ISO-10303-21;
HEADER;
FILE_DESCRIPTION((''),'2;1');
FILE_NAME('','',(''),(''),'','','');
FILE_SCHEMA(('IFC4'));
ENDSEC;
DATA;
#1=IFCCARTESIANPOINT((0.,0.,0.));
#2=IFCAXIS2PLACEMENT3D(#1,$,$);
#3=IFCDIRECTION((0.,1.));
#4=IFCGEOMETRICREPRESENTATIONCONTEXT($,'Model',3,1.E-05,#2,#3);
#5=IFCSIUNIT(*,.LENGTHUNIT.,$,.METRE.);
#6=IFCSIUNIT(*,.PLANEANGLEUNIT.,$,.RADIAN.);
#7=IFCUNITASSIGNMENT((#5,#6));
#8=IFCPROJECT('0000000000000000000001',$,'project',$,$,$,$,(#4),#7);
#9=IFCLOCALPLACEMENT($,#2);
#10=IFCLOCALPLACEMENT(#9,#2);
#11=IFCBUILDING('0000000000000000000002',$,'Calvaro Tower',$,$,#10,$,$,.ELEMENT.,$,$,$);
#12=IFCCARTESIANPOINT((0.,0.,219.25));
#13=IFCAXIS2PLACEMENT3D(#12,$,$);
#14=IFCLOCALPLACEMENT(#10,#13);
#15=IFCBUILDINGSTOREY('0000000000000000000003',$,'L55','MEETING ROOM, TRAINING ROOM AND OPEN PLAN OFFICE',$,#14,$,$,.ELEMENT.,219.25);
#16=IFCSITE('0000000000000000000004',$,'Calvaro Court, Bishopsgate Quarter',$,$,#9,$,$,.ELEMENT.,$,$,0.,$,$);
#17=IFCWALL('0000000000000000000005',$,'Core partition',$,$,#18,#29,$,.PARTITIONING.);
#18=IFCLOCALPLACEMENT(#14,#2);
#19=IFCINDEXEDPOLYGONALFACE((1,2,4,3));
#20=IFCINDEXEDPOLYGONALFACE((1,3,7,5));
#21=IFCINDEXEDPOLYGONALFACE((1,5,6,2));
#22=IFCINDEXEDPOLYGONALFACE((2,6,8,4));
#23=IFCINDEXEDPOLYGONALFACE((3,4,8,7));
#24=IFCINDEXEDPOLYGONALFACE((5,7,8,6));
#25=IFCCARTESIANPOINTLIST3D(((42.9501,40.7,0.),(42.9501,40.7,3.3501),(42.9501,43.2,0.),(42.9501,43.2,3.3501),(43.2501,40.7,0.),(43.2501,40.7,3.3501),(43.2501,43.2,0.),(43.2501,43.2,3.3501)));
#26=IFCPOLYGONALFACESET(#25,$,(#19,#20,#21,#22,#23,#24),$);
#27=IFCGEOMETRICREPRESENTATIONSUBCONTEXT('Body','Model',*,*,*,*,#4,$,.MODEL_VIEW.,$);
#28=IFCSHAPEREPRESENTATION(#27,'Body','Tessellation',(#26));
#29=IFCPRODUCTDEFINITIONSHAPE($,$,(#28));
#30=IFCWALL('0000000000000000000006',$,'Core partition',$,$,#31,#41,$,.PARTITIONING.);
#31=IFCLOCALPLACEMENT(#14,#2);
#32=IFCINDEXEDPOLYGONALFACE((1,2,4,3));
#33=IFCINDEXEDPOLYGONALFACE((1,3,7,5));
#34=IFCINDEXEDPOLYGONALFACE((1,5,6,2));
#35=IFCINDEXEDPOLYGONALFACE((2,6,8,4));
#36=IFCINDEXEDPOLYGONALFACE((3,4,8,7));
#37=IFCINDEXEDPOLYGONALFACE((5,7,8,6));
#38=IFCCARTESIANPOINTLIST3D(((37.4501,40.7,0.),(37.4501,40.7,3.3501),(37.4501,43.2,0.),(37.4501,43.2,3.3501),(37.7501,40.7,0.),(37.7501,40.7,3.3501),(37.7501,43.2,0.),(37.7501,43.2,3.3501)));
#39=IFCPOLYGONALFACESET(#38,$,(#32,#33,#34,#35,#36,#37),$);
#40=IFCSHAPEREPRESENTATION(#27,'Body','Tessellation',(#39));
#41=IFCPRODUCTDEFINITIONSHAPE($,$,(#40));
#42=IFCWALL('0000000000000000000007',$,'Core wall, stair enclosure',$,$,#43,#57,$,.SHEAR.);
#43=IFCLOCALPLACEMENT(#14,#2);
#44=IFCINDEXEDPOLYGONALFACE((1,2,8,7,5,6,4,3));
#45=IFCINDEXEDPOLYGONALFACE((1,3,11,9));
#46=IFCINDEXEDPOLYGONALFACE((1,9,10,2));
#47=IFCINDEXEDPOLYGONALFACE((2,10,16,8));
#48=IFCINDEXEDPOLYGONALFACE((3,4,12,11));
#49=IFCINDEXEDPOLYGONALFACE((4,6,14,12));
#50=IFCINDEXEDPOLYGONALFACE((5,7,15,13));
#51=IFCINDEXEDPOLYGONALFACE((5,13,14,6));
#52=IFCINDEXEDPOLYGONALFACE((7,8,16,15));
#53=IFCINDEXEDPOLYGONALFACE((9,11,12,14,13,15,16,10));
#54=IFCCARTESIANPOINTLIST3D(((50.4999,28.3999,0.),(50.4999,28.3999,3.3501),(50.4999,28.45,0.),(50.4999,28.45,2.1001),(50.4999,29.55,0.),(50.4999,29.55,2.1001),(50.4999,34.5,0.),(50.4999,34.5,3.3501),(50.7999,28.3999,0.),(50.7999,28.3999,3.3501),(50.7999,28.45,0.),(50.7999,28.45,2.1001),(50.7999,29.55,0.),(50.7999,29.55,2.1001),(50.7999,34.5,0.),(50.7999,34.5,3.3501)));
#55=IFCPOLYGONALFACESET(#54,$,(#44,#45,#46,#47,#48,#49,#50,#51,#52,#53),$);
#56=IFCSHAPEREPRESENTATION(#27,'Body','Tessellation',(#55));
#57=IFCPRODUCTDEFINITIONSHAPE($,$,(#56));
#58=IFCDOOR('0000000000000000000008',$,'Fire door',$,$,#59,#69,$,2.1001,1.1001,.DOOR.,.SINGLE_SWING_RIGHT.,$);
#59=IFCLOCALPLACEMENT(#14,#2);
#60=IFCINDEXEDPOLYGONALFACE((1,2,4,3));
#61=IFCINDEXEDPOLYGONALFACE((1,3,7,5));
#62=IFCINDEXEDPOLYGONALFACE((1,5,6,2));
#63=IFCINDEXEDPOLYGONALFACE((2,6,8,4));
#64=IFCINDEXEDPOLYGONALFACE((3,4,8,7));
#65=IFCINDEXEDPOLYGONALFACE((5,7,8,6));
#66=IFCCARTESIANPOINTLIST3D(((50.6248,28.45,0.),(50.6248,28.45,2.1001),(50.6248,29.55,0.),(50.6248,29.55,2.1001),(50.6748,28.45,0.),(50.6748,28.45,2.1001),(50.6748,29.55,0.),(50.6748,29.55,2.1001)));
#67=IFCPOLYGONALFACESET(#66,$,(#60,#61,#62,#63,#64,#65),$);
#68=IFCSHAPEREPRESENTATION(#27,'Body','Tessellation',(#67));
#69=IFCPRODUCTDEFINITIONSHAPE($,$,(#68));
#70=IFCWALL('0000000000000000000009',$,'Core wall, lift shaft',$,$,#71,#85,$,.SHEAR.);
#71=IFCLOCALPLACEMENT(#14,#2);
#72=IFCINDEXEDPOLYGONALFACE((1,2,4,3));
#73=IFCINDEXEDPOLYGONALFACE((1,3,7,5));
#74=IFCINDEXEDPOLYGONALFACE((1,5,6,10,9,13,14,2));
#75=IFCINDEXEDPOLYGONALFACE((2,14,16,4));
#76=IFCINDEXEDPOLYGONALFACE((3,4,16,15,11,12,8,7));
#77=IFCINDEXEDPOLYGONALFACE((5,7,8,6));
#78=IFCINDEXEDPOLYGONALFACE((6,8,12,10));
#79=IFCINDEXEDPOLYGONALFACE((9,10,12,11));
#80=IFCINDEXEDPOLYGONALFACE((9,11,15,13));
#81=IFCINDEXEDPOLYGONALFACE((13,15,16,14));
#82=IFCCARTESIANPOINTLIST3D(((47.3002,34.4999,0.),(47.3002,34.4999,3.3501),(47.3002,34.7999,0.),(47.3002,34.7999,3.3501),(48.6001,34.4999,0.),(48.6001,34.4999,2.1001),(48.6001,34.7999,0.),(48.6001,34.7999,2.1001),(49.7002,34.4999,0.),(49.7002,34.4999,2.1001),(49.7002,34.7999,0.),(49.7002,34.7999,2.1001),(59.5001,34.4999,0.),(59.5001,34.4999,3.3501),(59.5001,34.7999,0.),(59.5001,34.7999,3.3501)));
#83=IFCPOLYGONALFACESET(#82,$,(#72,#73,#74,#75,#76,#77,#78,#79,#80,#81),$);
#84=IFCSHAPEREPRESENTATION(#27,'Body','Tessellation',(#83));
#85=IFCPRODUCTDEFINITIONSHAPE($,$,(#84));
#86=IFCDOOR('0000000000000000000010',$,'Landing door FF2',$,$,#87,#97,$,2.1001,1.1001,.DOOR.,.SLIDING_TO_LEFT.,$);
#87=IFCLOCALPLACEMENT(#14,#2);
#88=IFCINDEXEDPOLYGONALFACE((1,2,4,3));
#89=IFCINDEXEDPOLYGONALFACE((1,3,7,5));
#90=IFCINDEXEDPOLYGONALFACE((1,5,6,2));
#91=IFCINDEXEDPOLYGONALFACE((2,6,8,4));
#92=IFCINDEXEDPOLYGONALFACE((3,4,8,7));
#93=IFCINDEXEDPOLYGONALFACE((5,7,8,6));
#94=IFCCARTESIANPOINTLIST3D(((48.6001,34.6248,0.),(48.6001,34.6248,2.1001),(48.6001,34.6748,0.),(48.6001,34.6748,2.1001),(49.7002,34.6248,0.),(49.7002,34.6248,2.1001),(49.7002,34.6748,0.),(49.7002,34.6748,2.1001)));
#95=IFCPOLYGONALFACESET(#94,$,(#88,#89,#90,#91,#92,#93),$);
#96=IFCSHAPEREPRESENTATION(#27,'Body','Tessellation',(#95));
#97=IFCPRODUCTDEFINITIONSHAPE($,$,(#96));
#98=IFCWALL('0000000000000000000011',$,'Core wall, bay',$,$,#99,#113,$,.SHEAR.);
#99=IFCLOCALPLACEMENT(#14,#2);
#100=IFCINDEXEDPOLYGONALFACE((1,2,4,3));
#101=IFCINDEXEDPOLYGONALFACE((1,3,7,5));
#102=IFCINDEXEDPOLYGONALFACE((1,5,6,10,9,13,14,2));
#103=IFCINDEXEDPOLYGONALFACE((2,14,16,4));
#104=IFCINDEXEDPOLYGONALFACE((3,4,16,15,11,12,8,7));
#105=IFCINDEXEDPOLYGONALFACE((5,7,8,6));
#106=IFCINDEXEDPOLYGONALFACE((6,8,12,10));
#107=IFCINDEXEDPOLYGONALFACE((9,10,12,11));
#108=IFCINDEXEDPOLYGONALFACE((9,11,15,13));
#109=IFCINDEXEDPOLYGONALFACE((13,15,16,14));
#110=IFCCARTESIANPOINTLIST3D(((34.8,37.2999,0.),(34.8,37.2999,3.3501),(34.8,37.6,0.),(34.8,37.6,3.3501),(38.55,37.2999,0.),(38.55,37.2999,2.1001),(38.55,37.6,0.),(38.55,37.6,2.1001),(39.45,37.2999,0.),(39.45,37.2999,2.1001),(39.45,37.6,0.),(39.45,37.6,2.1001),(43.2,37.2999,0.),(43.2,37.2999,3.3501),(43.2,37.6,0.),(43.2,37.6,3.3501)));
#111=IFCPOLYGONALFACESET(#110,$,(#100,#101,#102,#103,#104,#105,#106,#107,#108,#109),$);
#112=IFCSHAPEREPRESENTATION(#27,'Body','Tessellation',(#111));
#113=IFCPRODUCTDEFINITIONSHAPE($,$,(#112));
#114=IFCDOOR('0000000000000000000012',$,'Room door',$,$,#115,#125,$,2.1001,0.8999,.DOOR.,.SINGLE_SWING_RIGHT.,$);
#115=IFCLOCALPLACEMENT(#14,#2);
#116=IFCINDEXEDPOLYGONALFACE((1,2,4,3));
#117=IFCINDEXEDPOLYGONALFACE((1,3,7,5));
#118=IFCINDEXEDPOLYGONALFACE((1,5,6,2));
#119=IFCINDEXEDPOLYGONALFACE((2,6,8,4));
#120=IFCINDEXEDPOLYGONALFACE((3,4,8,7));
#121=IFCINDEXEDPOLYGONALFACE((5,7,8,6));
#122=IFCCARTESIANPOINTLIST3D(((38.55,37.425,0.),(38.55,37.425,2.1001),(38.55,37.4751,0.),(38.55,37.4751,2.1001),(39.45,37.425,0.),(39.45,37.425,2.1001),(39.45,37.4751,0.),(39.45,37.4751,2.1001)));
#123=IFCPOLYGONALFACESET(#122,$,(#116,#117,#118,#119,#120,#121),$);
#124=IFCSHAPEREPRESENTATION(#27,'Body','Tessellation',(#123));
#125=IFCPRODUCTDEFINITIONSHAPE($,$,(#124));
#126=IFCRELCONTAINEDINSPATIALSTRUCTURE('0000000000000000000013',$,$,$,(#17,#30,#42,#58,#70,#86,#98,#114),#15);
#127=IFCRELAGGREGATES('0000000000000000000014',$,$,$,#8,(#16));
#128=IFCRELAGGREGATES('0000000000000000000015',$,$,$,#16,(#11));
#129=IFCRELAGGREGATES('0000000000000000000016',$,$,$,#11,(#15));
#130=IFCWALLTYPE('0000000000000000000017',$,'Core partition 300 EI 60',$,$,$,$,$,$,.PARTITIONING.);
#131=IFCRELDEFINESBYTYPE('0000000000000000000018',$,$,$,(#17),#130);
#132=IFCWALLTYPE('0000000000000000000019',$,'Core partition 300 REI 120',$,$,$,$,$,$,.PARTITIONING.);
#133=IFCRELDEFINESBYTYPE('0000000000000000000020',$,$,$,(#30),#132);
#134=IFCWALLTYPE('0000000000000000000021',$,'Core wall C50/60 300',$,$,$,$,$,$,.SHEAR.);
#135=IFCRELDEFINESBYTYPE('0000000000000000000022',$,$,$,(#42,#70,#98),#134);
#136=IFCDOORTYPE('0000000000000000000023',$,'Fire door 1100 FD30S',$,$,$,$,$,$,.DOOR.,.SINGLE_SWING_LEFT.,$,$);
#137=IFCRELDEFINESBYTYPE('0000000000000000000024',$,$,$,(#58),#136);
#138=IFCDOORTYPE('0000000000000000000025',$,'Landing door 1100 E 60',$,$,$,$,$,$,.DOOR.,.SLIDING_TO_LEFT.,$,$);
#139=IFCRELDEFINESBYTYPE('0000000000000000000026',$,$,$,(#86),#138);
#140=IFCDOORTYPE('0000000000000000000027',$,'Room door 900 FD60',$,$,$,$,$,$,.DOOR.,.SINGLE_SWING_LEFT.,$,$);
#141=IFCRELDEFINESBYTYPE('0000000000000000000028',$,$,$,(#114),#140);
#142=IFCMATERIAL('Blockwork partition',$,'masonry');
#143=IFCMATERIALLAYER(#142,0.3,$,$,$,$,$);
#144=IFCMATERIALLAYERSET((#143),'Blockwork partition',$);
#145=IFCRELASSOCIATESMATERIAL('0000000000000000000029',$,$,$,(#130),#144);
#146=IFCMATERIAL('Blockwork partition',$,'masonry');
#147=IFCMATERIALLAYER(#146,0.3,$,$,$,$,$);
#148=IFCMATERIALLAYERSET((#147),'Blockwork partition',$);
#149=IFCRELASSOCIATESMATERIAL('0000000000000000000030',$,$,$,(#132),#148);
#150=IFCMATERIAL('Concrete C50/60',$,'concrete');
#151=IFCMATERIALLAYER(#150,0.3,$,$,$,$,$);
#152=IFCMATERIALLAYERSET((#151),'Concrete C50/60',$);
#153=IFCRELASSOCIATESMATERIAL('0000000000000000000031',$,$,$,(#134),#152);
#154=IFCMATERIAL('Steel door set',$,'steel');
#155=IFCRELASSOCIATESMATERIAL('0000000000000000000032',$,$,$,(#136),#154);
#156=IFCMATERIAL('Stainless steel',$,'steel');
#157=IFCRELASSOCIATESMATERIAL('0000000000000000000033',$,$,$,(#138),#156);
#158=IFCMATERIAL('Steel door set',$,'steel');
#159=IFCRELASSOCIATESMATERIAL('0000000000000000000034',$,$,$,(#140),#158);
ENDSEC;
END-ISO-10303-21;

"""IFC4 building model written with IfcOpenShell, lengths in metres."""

from ifc_helpers import new_model, si_unit, direction, frame, frame_2d, origin, place, context, subcontext, project, spatial, rectangle, extrude, material, layer, layer_set, type_object, element, fill, save


model = new_model("IFC4")

# Units and contexts
model_context = context("Model", 3, precision=1e-05, world=origin(), true_north=direction((0.0, 1.0)))
body_context = subcontext(model_context, "Body", "Model", "MODEL_VIEW")
ifc_project = project(units=[si_unit("LENGTHUNIT", "METRE"), si_unit("PLANEANGLEUNIT", "RADIAN")], contexts=[model_context])

# Site, building, storey
site_placement = place(None, origin())
site = spatial("IfcSite", under=ifc_project, at=site_placement, Name="Calvaro Court, Bishopsgate Quarter", CompositionType="ELEMENT", RefElevation=0.0)
building_placement = place(site_placement, origin())
building = spatial("IfcBuilding", under=site, at=building_placement, Name="Calvaro Tower", CompositionType="ELEMENT")
storey_placement = place(building_placement, frame((0.0, 0.0, 219.25)))
storey = spatial("IfcBuildingStorey", under=building, at=storey_placement, Name="L55", Description="MEETING ROOM, TRAINING ROOM AND OPEN PLAN OFFICE", CompositionType="ELEMENT", Elevation=219.25)

# Walls
ifc_material_1 = material(Name="Blockwork partition", Category="masonry")
ifc_layer_1 = layer(ifc_material_1, 0.3)
ifc_layer_set_1 = layer_set([ifc_layer_1], Name="Blockwork partition")
wall_type_1 = type_object("IfcWallType", Name="Core partition 300 EI 60", PredefinedType="PARTITIONING", material=ifc_layer_set_1)
wall_1_placement = place(storey_placement, frame((43.1001, 40.7, 0.0), z_axis=(0.0, 0.0, 1.0), x_axis=(0.0, 1.0, 0.0)))
element("IfcWall", 1, at=wall_1_placement, inside=storey, type_object=wall_type_1, Name="Core partition", PredefinedType="PARTITIONING", context=body_context, shape_type="SweptSolid", body=[
    extrude(rectangle(XDim=2.5, YDim=0.3, at=frame_2d((1.25, 0.0))), origin(), (0.0, 0.0, 1.0), 3.3501),
])
ifc_material_2 = material(Name="Blockwork partition", Category="masonry")
ifc_layer_2 = layer(ifc_material_2, 0.3)
ifc_layer_set_2 = layer_set([ifc_layer_2], Name="Blockwork partition")
wall_type_2 = type_object("IfcWallType", Name="Core partition 300 REI 120", PredefinedType="PARTITIONING", material=ifc_layer_set_2)
wall_2_placement = place(storey_placement, frame((37.6001, 40.7, 0.0), z_axis=(0.0, 0.0, 1.0), x_axis=(0.0, 1.0, 0.0)))
element("IfcWall", 2, at=wall_2_placement, inside=storey, type_object=wall_type_2, Name="Core partition", PredefinedType="PARTITIONING", context=body_context, shape_type="SweptSolid", body=[
    extrude(rectangle(XDim=2.5, YDim=0.3, at=frame_2d((1.25, 0.0))), origin(), (0.0, 0.0, 1.0), 3.3501),
])

# Walls, openings, doors
ifc_material_3 = material(Name="Concrete C50/60", Category="concrete")
ifc_layer_3 = layer(ifc_material_3, 0.3)
ifc_layer_set_3 = layer_set([ifc_layer_3], Name="Concrete C50/60")
wall_type_3 = type_object("IfcWallType", Name="Core wall C50/60 300", PredefinedType="SHEAR", material=ifc_layer_set_3)
wall_3_placement = place(storey_placement, frame((50.6499, 34.5, 0.0), z_axis=(0.0, 0.0, 1.0), x_axis=(0.0, -1.0, 0.0)))
wall_3 = element("IfcWall", 3, at=wall_3_placement, inside=storey, type_object=wall_type_3, Name="Core wall, stair enclosure", PredefinedType="SHEAR", context=body_context, shape_type="SweptSolid", body=[
    extrude(rectangle(XDim=6.1001, YDim=0.3, at=frame_2d((3.05, 0.0))), origin(), (0.0, 0.0, 1.0), 3.3501),
])
opening_1_placement = place(wall_3_placement, frame((4.95, 0.0, 0.0)))
opening_1 = element("IfcOpeningElement", 4, at=opening_1_placement, cuts=wall_3, PredefinedType="OPENING", context=body_context, shape_type="SweptSolid", body=[
    extrude(rectangle(XDim=1.1001, YDim=2.1001, at=frame_2d((0.55, 1.05))), frame((0.0, 0.1599, 0.0), z_axis=(0.0, -1.0, 0.0), x_axis=(1.0, 0.0, 0.0)), (0.0, 0.0, 1.0), 0.3201),
])
ifc_material_4 = material(Name="Steel door set", Category="steel")
door_type_1 = type_object("IfcDoorType", Name="Fire door 1100 FD30S", OperationType="SINGLE_SWING_LEFT", PredefinedType="DOOR", material=ifc_material_4)
door_1_placement = place(opening_1_placement, origin())
door_1 = element("IfcDoor", 5, at=door_1_placement, inside=storey, type_object=door_type_1, Name="Fire door", OperationType="SINGLE_SWING_RIGHT", OverallHeight=2.1001, OverallWidth=1.1001, PredefinedType="DOOR", context=body_context, shape_type="SweptSolid", body=[
    extrude(rectangle(XDim=1.1001, YDim=2.1001, at=frame_2d((0.55, 1.05))), frame((0.0, 0.0249, 0.0), z_axis=(0.0, -1.0, 0.0), x_axis=(1.0, 0.0, 0.0)), (0.0, 0.0, 1.0), 0.05),
])
fill(opening_1, door_1)
wall_4_placement = place(storey_placement, frame((47.3, 34.6499, 0.0), z_axis=(0.0, 0.0, 1.0), x_axis=(1.0, 0.0, 0.0)))
wall_4 = element("IfcWall", 6, at=wall_4_placement, inside=storey, type_object=wall_type_3, Name="Core wall, lift shaft", PredefinedType="SHEAR", context=body_context, shape_type="SweptSolid", body=[
    extrude(rectangle(XDim=12.2, YDim=0.3, at=frame_2d((6.1001, 0.0))), origin(), (0.0, 0.0, 1.0), 3.3501),
])
opening_2_placement = place(wall_4_placement, frame((1.3, 0.0, 0.0)))
opening_2 = element("IfcOpeningElement", 7, at=opening_2_placement, cuts=wall_4, PredefinedType="OPENING", context=body_context, shape_type="SweptSolid", body=[
    extrude(rectangle(XDim=1.1001, YDim=2.1001, at=frame_2d((0.55, 1.05))), frame((0.0, 0.1599, 0.0), z_axis=(0.0, -1.0, 0.0), x_axis=(1.0, 0.0, 0.0)), (0.0, 0.0, 1.0), 0.3201),
])
ifc_material_5 = material(Name="Stainless steel", Category="steel")
door_type_2 = type_object("IfcDoorType", Name="Landing door 1100 E 60", OperationType="SLIDING_TO_LEFT", PredefinedType="DOOR", material=ifc_material_5)
door_2_placement = place(opening_2_placement, origin())
door_2 = element("IfcDoor", 8, at=door_2_placement, inside=storey, type_object=door_type_2, Name="Landing door FF2", OperationType="SLIDING_TO_LEFT", OverallHeight=2.1001, OverallWidth=1.1001, PredefinedType="DOOR", context=body_context, shape_type="SweptSolid", body=[
    extrude(rectangle(XDim=1.1001, YDim=2.1001, at=frame_2d((0.55, 1.05))), frame((0.0, 0.0249, 0.0), z_axis=(0.0, -1.0, 0.0), x_axis=(1.0, 0.0, 0.0)), (0.0, 0.0, 1.0), 0.05),
])
fill(opening_2, door_2)
wall_5_placement = place(storey_placement, frame((43.2, 37.45, 0.0), z_axis=(0.0, 0.0, 1.0), x_axis=(-1.0, 0.0, 0.0)))
wall_5 = element("IfcWall", 9, at=wall_5_placement, inside=storey, type_object=wall_type_3, Name="Core wall, bay", PredefinedType="SHEAR", context=body_context, shape_type="SweptSolid", body=[
    extrude(rectangle(XDim=8.3999, YDim=0.3, at=frame_2d((4.2, 0.0))), origin(), (0.0, 0.0, 1.0), 3.3501),
])
opening_3_placement = place(wall_5_placement, frame((3.75, 0.0, 0.0)))
opening_3 = element("IfcOpeningElement", 10, at=opening_3_placement, cuts=wall_5, PredefinedType="OPENING", context=body_context, shape_type="SweptSolid", body=[
    extrude(rectangle(XDim=0.8999, YDim=2.1001, at=frame_2d((0.45, 1.05))), frame((0.0, 0.1599, 0.0), z_axis=(0.0, -1.0, 0.0), x_axis=(1.0, 0.0, 0.0)), (0.0, 0.0, 1.0), 0.3201),
])
ifc_material_6 = material(Name="Steel door set", Category="steel")
door_type_3 = type_object("IfcDoorType", Name="Room door 900 FD60", OperationType="SINGLE_SWING_LEFT", PredefinedType="DOOR", material=ifc_material_6)
door_3_placement = place(opening_3_placement, origin())
door_3 = element("IfcDoor", 11, at=door_3_placement, inside=storey, type_object=door_type_3, Name="Room door", OperationType="SINGLE_SWING_RIGHT", OverallHeight=2.1001, OverallWidth=0.8999, PredefinedType="DOOR", context=body_context, shape_type="SweptSolid", body=[
    extrude(rectangle(XDim=0.8999, YDim=2.1001, at=frame_2d((0.45, 1.05))), frame((0.0, 0.0249, 0.0), z_axis=(0.0, -1.0, 0.0), x_axis=(1.0, 0.0, 0.0)), (0.0, 0.0, 1.0), 0.05),
])
fill(opening_3, door_3)

save(model, "model.ifc")
